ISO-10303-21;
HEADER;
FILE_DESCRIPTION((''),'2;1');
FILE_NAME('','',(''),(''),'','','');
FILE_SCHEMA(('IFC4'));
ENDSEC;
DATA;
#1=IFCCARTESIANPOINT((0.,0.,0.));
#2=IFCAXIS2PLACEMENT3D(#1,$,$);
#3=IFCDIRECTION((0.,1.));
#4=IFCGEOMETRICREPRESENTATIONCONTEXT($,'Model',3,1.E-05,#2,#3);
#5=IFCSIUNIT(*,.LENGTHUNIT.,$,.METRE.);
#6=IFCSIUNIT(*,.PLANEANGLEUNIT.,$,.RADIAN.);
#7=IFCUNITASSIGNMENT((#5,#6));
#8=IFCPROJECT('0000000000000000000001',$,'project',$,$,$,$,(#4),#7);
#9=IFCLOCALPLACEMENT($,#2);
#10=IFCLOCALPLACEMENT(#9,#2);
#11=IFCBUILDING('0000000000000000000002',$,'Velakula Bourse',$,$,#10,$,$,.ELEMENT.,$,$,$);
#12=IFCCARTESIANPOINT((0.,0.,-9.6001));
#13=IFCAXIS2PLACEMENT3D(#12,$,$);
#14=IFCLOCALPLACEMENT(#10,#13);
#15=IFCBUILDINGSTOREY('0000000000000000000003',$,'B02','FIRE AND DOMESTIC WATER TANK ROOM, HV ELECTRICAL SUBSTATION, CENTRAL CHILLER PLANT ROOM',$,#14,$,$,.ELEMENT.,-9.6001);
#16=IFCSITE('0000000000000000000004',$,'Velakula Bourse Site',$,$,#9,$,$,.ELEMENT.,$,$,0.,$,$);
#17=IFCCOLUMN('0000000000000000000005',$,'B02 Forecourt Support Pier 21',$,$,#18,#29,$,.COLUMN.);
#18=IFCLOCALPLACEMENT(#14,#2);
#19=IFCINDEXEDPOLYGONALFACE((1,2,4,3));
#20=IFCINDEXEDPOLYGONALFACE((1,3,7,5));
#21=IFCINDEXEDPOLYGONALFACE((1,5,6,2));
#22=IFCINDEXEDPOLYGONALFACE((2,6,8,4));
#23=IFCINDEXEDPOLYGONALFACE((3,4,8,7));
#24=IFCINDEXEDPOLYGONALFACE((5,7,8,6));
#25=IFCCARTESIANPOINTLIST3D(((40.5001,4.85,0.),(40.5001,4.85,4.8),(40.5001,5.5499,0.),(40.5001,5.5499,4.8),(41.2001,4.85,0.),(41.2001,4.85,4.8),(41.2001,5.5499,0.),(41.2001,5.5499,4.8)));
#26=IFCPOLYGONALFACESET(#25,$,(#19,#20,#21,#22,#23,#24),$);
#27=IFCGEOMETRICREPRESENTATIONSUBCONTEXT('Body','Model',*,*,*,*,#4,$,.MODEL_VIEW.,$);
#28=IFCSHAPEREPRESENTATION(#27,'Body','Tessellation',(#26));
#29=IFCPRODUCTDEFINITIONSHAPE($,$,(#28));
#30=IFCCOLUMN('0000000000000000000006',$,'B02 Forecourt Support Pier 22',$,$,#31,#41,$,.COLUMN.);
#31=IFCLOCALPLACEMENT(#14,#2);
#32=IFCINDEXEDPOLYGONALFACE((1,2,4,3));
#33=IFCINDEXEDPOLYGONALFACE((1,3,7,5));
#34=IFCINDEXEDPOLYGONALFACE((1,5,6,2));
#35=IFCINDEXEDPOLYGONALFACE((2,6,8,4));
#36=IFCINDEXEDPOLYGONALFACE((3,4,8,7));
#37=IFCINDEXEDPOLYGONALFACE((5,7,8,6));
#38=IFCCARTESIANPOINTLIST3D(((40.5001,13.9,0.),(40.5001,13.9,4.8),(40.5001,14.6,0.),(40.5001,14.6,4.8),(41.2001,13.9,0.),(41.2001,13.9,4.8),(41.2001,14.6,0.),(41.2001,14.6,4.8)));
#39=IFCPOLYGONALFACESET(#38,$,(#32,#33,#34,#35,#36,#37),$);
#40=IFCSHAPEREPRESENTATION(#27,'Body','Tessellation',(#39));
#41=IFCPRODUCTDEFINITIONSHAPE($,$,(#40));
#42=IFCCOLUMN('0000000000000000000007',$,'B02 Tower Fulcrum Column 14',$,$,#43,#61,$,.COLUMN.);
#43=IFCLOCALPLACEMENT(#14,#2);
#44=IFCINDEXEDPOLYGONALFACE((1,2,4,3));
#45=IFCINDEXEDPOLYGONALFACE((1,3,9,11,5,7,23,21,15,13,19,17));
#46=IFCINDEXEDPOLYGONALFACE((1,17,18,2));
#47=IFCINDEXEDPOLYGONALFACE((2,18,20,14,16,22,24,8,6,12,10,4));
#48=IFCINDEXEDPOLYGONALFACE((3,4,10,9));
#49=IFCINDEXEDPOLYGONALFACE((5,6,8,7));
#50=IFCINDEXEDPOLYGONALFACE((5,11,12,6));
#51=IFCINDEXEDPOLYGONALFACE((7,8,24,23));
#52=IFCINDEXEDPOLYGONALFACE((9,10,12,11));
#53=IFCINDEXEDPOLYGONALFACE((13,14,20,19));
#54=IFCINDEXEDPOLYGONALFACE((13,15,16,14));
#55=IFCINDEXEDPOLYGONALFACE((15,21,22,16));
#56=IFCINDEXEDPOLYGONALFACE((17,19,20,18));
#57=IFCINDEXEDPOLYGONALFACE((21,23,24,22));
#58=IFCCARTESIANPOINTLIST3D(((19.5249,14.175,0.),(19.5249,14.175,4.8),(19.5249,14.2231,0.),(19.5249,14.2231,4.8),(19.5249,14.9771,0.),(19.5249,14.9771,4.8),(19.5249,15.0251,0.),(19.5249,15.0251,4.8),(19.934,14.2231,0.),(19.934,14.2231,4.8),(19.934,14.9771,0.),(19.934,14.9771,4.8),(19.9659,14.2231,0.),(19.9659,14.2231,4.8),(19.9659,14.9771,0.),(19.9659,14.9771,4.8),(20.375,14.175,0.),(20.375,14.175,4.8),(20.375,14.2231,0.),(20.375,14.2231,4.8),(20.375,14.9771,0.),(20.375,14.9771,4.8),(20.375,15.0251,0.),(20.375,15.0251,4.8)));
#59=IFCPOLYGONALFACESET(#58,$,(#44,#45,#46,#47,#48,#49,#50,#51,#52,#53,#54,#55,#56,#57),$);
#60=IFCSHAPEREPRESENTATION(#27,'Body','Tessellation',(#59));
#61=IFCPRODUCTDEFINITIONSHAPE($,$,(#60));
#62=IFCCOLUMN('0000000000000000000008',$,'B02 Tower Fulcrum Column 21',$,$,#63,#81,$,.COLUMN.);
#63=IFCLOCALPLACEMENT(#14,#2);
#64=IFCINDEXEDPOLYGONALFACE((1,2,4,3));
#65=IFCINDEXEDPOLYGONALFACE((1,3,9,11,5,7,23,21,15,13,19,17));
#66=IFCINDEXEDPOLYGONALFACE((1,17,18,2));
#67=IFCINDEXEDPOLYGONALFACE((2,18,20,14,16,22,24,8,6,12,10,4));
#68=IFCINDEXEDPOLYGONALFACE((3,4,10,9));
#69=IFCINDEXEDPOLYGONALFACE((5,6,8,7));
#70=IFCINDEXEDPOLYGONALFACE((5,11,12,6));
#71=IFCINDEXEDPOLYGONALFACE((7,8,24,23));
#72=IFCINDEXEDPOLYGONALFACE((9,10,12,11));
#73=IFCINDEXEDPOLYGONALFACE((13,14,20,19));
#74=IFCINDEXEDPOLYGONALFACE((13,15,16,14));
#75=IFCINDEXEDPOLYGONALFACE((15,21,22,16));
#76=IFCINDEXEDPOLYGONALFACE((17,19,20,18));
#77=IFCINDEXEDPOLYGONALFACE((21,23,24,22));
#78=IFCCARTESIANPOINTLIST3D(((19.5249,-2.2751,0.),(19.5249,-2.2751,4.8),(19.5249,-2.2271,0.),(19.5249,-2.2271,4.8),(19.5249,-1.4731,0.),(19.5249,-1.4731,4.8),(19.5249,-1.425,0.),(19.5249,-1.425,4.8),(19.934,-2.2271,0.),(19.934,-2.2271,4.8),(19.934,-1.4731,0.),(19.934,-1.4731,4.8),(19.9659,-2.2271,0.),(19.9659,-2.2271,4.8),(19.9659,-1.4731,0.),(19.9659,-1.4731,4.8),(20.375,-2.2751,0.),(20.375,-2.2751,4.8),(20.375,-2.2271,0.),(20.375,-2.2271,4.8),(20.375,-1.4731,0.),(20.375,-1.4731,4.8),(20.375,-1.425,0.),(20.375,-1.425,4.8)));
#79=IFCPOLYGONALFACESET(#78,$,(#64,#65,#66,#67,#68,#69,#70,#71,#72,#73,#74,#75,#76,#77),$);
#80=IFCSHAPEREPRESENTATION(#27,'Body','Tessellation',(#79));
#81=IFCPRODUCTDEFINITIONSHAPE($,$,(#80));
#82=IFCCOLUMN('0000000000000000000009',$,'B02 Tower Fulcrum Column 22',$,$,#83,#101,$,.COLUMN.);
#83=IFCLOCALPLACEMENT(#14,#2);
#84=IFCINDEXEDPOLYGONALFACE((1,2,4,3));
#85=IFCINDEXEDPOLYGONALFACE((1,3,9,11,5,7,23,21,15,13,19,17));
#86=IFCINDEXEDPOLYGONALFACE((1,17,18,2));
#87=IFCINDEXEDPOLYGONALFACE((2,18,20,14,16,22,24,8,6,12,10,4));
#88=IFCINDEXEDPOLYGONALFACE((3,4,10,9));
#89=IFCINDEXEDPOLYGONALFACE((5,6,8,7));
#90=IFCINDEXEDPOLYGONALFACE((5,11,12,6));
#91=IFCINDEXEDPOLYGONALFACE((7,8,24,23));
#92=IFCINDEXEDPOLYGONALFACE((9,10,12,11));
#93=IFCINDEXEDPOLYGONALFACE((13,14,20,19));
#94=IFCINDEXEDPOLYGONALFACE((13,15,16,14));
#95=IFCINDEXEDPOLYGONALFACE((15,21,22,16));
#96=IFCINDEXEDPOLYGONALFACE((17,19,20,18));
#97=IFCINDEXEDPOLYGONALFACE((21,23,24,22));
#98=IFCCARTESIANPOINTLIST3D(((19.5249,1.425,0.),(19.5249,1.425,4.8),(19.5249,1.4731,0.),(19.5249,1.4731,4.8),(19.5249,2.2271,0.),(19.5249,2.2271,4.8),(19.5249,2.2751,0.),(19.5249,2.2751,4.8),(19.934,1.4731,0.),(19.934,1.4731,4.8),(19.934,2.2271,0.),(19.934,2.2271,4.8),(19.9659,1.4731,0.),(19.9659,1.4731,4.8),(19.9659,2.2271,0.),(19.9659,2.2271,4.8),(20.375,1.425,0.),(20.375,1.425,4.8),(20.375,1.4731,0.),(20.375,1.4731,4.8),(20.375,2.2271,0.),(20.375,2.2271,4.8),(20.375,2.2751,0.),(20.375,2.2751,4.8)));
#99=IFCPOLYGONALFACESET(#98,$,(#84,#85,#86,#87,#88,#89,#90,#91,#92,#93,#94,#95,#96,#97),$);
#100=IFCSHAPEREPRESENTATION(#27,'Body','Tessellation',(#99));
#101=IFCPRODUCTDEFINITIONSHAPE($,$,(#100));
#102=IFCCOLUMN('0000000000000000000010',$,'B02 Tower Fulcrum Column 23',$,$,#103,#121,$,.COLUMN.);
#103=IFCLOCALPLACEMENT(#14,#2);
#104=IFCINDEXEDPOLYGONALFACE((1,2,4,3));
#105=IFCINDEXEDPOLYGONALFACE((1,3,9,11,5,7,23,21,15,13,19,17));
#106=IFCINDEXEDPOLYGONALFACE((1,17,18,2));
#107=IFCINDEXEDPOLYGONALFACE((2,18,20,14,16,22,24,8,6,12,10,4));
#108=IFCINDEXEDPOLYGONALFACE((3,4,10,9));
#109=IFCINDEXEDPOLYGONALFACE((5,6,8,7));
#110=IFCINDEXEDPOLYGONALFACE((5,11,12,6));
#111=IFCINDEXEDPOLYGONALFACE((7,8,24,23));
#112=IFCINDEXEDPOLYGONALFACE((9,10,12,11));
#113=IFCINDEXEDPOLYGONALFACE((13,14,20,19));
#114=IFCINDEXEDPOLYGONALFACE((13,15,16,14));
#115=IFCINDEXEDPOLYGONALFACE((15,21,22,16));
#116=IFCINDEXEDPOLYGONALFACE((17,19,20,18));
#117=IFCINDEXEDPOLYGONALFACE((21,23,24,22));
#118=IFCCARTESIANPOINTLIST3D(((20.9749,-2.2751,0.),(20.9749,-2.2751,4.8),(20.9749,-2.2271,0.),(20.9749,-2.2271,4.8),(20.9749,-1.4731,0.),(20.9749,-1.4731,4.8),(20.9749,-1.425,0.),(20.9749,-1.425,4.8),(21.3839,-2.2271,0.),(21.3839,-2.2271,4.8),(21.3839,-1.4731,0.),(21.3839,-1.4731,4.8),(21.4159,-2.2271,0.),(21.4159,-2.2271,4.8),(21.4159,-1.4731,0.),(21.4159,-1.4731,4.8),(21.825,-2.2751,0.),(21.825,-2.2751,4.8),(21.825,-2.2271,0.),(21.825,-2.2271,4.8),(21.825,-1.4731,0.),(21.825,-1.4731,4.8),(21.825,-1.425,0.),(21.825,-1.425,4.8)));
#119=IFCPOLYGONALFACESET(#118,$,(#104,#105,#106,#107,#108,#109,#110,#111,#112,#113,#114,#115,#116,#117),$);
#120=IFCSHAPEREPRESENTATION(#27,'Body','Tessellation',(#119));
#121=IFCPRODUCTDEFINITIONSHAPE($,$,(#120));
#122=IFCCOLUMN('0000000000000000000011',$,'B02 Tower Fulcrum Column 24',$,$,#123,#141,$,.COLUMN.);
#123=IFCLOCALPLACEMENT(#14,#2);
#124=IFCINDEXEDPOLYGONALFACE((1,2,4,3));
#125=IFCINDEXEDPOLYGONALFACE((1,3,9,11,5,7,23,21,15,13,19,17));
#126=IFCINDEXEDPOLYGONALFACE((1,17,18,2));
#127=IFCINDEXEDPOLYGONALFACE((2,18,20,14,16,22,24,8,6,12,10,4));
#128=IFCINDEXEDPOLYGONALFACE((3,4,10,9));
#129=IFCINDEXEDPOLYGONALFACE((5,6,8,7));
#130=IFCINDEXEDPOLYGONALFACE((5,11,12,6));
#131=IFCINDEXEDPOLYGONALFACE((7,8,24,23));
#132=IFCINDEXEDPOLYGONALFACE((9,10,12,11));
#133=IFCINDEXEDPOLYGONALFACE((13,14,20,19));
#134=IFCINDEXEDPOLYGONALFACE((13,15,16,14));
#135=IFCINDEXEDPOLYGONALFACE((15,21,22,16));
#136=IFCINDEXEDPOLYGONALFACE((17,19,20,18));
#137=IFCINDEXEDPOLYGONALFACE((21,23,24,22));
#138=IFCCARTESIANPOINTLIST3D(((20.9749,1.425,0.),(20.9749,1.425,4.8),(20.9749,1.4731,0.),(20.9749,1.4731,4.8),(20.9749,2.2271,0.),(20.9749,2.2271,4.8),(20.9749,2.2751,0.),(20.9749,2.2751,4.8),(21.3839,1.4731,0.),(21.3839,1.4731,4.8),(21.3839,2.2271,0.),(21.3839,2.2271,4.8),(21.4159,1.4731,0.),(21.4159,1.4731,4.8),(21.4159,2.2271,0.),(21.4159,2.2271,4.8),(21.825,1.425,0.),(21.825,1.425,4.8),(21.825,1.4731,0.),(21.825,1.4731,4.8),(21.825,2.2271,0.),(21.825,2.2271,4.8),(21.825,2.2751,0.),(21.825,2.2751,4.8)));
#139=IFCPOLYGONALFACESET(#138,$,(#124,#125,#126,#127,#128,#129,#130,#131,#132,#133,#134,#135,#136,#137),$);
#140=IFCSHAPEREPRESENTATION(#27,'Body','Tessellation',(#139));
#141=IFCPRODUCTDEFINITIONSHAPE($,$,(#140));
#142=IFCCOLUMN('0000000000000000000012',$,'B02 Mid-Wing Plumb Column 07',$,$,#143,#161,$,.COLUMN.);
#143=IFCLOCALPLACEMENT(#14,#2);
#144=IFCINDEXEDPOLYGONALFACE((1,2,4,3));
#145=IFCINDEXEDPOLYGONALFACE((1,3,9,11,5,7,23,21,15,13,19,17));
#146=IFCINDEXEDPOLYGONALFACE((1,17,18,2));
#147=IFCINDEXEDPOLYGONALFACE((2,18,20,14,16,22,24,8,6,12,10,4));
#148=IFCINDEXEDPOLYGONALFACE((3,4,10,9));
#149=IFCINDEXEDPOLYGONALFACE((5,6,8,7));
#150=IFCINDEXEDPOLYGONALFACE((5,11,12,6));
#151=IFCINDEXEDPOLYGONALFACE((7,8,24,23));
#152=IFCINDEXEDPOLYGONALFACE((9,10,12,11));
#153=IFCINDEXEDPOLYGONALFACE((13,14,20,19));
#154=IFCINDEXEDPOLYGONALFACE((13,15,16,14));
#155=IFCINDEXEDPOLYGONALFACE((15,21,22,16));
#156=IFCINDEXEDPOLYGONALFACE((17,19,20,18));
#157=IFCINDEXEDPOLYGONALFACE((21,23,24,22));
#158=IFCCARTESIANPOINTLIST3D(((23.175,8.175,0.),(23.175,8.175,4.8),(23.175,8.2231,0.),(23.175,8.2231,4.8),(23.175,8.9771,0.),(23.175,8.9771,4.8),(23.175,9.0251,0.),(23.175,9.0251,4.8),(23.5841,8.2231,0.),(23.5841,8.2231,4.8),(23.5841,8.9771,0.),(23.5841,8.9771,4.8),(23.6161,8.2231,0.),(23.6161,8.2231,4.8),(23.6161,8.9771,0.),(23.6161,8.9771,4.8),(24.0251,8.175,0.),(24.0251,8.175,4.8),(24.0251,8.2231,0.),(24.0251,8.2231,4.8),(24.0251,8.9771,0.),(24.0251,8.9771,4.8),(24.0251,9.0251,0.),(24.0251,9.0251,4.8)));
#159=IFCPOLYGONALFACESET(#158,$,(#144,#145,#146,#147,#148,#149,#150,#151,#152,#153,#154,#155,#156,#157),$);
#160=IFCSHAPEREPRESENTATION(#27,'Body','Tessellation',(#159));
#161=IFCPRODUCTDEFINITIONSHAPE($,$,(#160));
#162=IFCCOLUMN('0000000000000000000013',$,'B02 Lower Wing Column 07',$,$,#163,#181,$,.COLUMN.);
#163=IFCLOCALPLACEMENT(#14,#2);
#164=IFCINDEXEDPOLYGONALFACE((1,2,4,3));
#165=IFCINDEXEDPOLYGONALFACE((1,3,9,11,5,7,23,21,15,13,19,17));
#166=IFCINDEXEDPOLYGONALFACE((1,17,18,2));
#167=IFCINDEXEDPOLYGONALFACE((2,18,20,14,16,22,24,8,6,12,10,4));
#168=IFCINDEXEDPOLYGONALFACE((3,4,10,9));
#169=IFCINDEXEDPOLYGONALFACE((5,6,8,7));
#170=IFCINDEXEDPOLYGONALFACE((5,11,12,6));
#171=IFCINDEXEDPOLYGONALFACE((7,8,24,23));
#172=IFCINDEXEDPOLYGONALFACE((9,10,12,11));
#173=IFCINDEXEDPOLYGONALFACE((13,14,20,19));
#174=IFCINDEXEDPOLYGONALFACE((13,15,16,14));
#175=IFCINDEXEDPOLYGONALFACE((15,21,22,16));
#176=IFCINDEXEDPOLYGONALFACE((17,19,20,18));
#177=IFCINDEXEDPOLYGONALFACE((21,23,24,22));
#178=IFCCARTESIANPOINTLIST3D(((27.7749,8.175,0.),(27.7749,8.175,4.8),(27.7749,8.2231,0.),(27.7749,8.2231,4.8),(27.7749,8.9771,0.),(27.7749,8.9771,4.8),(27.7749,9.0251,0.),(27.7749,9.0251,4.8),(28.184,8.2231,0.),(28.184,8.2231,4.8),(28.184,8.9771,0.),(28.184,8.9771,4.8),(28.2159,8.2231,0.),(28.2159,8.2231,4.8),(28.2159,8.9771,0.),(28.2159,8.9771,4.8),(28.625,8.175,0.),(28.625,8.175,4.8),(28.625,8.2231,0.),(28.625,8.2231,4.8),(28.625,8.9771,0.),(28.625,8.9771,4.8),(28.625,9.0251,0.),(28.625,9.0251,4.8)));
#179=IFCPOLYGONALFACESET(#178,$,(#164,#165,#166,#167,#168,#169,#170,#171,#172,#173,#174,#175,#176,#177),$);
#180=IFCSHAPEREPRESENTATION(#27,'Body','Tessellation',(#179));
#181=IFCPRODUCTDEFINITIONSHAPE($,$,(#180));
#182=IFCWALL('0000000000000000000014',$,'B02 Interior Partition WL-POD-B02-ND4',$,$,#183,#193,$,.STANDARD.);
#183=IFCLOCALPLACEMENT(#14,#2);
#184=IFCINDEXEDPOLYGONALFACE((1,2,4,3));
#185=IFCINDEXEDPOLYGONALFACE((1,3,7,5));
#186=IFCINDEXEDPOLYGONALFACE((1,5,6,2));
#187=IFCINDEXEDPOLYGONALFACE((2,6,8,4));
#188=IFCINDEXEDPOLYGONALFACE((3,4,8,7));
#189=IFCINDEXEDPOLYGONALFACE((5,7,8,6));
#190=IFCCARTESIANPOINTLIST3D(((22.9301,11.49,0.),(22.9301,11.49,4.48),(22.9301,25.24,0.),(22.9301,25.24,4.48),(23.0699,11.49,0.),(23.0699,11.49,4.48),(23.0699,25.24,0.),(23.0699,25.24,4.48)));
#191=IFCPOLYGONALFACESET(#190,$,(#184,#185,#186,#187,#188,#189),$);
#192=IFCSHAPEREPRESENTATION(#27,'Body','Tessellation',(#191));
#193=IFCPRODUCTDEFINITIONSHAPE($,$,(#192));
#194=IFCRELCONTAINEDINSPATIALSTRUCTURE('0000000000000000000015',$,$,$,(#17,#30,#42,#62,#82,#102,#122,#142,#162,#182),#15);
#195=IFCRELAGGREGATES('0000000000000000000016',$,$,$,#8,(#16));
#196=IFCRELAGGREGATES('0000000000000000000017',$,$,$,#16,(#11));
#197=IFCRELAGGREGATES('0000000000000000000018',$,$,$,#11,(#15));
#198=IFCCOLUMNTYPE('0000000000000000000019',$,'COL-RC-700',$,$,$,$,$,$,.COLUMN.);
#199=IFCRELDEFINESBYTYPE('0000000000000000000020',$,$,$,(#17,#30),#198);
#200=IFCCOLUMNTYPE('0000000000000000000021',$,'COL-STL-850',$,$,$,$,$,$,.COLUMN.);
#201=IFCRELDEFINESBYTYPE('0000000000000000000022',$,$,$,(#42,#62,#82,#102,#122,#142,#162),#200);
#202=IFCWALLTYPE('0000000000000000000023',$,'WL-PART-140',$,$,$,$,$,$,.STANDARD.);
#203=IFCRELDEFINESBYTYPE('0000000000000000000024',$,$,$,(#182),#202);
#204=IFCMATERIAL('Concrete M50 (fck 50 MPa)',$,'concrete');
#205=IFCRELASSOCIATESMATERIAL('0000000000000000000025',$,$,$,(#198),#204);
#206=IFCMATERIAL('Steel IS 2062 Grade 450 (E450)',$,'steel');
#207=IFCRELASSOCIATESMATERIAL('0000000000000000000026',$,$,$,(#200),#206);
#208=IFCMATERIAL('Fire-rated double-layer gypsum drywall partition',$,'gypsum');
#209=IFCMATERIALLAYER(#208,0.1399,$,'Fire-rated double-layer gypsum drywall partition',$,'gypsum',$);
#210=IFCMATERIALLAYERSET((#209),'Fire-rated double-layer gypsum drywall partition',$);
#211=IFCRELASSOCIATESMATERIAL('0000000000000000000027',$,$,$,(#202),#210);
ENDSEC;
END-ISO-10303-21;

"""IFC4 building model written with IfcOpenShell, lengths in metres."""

from ifc_helpers import new_model, si_unit, direction, frame, frame_2d, origin, origin_2d, place, context, subcontext, project, spatial, rectangle, i_section, extrude, material, layer, layer_set, material_profile, profile_set, type_object, element, save


model = new_model("IFC4")

# Units and contexts
model_context = context("Model", 3, precision=1e-05, world=origin(), true_north=direction((0.0, 1.0)))
body_context = subcontext(model_context, "Body", "Model", "MODEL_VIEW")
ifc_project = project(units=[si_unit("LENGTHUNIT", "METRE"), si_unit("PLANEANGLEUNIT", "RADIAN")], contexts=[model_context])

# Site, building, storey
site_placement = place(None, origin())
site = spatial("IfcSite", under=ifc_project, at=site_placement, Name="Velakula Bourse Site", CompositionType="ELEMENT", RefElevation=0.0)
building_placement = place(site_placement, origin())
building = spatial("IfcBuilding", under=site, at=building_placement, Name="Velakula Bourse", CompositionType="ELEMENT")
storey_placement = place(building_placement, frame((0.0, 0.0, -9.6001)))
storey = spatial("IfcBuildingStorey", under=building, at=storey_placement, Name="B02", Description="FIRE AND DOMESTIC WATER TANK ROOM, HV ELECTRICAL SUBSTATION, CENTRAL CHILLER PLANT ROOM", CompositionType="ELEMENT", Elevation=-9.6001)

# Shared definitions
ifc_material_1 = material(Name="Concrete M50 (fck 50 MPa)", Category="concrete")

# Columns
ifc_material_profile_1 = material_profile(ifc_material_1, rectangle(XDim=0.7, YDim=0.7, at=origin_2d()), Name="Concrete M50 (fck 50 MPa)")
ifc_profile_set_1 = profile_set([ifc_material_profile_1], Name="Concrete M50 (fck 50 MPa)")
column_type_1 = type_object("IfcColumnType", Name="COL-RC-700", PredefinedType="COLUMN", material=ifc_profile_set_1)
for number, where, z_axis, x_axis, name in (
    (1, (40.8501, 5.2, 0.0), (0.0, 0.0, 1.0), (1.0, 0.0, 0.0), "B02 Forecourt Support Pier 21"),
    (2, (40.8501, 14.25, 0.0), (0.0, 0.0, 1.0), (1.0, 0.0, 0.0), "B02 Forecourt Support Pier 22"),
):
    element("IfcColumn", number, at=place(storey_placement, frame(where, z_axis=z_axis, x_axis=x_axis)), inside=storey, type_object=column_type_1, Name=name, PredefinedType="COLUMN", context=body_context, shape_type="SweptSolid", body=[
        extrude(rectangle(XDim=0.7, YDim=0.7, at=origin_2d()), origin(), (0.0, 0.0, 1.0), 4.8),
    ])
ifc_material_2 = material(Name="Steel IS 2062 Grade 450 (E450)", Category="steel")
ifc_material_profile_2 = material_profile(ifc_material_2, i_section(OverallWidth=0.8501, OverallDepth=0.8501, WebThickness=0.032, FlangeThickness=0.0481, at=origin_2d()), Name="Steel IS 2062 Grade 450 (E450)")
ifc_profile_set_2 = profile_set([ifc_material_profile_2], Name="Steel IS 2062 Grade 450 (E450)")
column_type_2 = type_object("IfcColumnType", Name="COL-STL-850", PredefinedType="COLUMN", material=ifc_profile_set_2)
for number, where, z_axis, x_axis, name in (
    (3, (19.95, 14.6001, 0.0), (0.0, 0.0, 1.0), (1.0, 0.0, 0.0), "B02 Tower Fulcrum Column 14"),
    (4, (19.95, -1.8501, 0.0), (0.0, 0.0, 1.0), (1.0, 0.0, 0.0), "B02 Tower Fulcrum Column 21"),
    (5, (19.95, 1.8501, 0.0), (0.0, 0.0, 1.0), (1.0, 0.0, 0.0), "B02 Tower Fulcrum Column 22"),
    (6, (21.3999, -1.8501, 0.0), (0.0, 0.0, 1.0), (1.0, 0.0, 0.0), "B02 Tower Fulcrum Column 23"),
    (7, (21.3999, 1.8501, 0.0), (0.0, 0.0, 1.0), (1.0, 0.0, 0.0), "B02 Tower Fulcrum Column 24"),
    (8, (23.6001, 8.6001, 0.0), (0.0, 0.0, 1.0), (1.0, 0.0, 0.0), "B02 Mid-Wing Plumb Column 07"),
    (9, (28.2, 8.6001, 0.0), (0.0, 0.0, 1.0), (1.0, 0.0, 0.0), "B02 Lower Wing Column 07"),
):
    element("IfcColumn", number, at=place(storey_placement, frame(where, z_axis=z_axis, x_axis=x_axis)), inside=storey, type_object=column_type_2, Name=name, PredefinedType="COLUMN", context=body_context, shape_type="SweptSolid", body=[
        extrude(i_section(OverallWidth=0.8501, OverallDepth=0.8501, WebThickness=0.032, FlangeThickness=0.0481, at=origin_2d()), origin(), (0.0, 0.0, 1.0), 4.8),
    ])

# Wall
ifc_material_3 = material(Name="Fire-rated double-layer gypsum drywall partition", Category="gypsum")
ifc_layer = layer(ifc_material_3, 0.1399, Name="Fire-rated double-layer gypsum drywall partition", Category="gypsum")
ifc_layer_set = layer_set([ifc_layer], Name="Fire-rated double-layer gypsum drywall partition")
wall_type = type_object("IfcWallType", Name="WL-PART-140", PredefinedType="STANDARD", material=ifc_layer_set)
wall_placement = place(storey_placement, frame((23.0, 11.49, 0.0), z_axis=(0.0, 0.0, 1.0), x_axis=(0.0, 1.0, 0.0)))
element("IfcWall", 10, at=wall_placement, inside=storey, type_object=wall_type, Name="B02 Interior Partition WL-POD-B02-ND4", PredefinedType="STANDARD", context=body_context, shape_type="SweptSolid", body=[
    extrude(rectangle(XDim=13.75, YDim=0.1399, at=frame_2d((6.875, 0.0))), origin(), (0.0, 0.0, 1.0), 4.48),
])

save(model, "model.ifc")
